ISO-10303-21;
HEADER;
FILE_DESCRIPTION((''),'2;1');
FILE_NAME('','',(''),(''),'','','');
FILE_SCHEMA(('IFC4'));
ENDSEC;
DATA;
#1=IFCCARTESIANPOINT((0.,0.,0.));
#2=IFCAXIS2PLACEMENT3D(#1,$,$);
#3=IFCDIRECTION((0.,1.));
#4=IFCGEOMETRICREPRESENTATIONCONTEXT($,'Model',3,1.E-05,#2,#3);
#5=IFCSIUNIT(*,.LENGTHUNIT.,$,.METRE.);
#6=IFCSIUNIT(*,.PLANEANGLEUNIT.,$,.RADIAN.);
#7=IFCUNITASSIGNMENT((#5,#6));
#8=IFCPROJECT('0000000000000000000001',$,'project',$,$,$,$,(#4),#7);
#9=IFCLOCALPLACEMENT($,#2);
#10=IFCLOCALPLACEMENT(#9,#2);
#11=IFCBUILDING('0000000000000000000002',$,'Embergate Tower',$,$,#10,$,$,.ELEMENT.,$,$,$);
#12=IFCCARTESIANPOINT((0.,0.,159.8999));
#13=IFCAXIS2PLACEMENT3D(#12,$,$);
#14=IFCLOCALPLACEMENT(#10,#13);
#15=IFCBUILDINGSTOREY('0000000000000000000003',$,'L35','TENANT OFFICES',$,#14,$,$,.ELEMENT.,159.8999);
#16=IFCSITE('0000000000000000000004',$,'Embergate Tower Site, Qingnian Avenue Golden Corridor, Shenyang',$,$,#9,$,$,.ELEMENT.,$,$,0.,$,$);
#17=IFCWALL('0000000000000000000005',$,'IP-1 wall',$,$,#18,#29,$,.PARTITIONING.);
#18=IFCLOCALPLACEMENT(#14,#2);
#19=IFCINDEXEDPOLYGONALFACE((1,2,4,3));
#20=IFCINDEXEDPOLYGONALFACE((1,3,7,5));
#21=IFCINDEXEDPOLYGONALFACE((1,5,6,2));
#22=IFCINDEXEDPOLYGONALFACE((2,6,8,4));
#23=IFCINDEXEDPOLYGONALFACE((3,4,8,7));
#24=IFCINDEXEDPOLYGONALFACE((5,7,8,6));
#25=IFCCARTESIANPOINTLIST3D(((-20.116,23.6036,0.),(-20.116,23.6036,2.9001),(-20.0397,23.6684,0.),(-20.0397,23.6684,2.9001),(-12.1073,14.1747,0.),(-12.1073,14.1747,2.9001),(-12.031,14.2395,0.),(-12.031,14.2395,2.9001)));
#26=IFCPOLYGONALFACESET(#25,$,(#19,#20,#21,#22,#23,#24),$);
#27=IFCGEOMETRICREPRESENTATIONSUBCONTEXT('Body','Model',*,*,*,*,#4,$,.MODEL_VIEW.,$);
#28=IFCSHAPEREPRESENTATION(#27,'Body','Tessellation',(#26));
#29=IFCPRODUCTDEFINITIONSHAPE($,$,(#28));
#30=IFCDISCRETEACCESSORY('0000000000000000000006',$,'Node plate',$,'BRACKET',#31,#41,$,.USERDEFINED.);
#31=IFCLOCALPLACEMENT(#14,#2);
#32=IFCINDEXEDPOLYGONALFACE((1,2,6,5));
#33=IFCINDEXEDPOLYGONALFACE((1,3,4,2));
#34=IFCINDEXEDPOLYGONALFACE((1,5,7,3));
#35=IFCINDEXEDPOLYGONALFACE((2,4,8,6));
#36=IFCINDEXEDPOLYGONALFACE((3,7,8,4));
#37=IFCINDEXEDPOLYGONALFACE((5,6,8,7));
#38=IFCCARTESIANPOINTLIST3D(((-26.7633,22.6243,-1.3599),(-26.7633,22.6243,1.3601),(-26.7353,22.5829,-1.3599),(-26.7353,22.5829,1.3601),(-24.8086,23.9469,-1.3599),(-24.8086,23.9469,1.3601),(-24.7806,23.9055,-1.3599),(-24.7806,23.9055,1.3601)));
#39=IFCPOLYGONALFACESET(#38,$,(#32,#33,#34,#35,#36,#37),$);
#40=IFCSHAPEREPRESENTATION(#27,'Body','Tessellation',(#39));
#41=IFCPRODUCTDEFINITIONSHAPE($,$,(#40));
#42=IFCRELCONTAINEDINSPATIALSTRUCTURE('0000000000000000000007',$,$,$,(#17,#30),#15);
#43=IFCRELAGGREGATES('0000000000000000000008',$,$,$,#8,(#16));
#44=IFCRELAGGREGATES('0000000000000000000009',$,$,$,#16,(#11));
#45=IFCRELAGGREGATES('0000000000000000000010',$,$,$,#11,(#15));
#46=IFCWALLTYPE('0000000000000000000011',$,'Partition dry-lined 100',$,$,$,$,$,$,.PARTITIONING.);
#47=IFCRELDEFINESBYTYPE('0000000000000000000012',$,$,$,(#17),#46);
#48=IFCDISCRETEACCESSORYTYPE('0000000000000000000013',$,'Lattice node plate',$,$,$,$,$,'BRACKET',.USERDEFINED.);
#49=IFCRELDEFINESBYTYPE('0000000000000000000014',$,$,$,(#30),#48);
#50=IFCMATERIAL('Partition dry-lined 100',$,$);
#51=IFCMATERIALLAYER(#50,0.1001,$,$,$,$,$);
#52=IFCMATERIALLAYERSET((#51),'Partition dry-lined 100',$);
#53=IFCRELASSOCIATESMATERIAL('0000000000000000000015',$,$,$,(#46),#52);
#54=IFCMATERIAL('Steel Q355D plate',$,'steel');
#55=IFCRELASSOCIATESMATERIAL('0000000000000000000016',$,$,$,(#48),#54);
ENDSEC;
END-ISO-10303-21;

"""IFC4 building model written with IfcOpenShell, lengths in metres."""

from ifc_helpers import new_model, si_unit, direction, frame, frame_2d, origin, origin_2d, place, context, subcontext, project, spatial, rectangle, extrude, source, transform, mapped, material, layer, layer_set, type_object, element, save


model = new_model("IFC4")

# Units and contexts
model_context = context("Model", 3, precision=1e-05, world=origin(), true_north=direction((0.0, 1.0)))
body_context = subcontext(model_context, "Body", "Model", "MODEL_VIEW")
ifc_project = project(units=[si_unit("LENGTHUNIT", "METRE"), si_unit("PLANEANGLEUNIT", "RADIAN")], contexts=[model_context])

# Site, building, storey
site_placement = place(None, origin())
site = spatial("IfcSite", under=ifc_project, at=site_placement, Name="Embergate Tower Site, Qingnian Avenue Golden Corridor, Shenyang", CompositionType="ELEMENT", RefElevation=0.0)
building_placement = place(site_placement, origin())
building = spatial("IfcBuilding", under=site, at=building_placement, Name="Embergate Tower", CompositionType="ELEMENT")
storey_placement = place(building_placement, frame((0.0, 0.0, 159.8999)))
storey = spatial("IfcBuildingStorey", under=building, at=storey_placement, Name="L35", Description="TENANT OFFICES", CompositionType="ELEMENT", Elevation=159.8999)

# Wall
ifc_material_1 = material(Name="Partition dry-lined 100")
ifc_layer_1 = layer(ifc_material_1, 0.1001)
ifc_layer_set_1 = layer_set([ifc_layer_1], Name="Partition dry-lined 100")
wall_type = type_object("IfcWallType", Name="Partition dry-lined 100", PredefinedType="PARTITIONING", material=ifc_layer_set_1)
shared_shape_1 = source(origin(), body_context, "Body", "SweptSolid", [
    extrude(rectangle(XDim=12.3711, YDim=0.1001, at=frame_2d((6.1855, 0.0))), origin(), (0.0, 0.0, 1.0), 2.9001),
])
wall_1_placement = place(storey_placement, frame((-20.0779, 23.636, 0.0), z_axis=(0.0, 0.0, 1.0), x_axis=(0.647375, -0.762172, 0.0)))
element("IfcWall", 1, at=wall_1_placement, inside=storey, type_object=wall_type, Name="IP-1 wall", PredefinedType="PARTITIONING", context=body_context, shape_type="MappedRepresentation", body=[
    mapped(shared_shape_1, transform((0.0, 0.0, 0.0))),
])

# Discrete accessory
ifc_material_2 = material(Name="Steel Q355D plate", Category="steel")
discrete_accessory_type = type_object("IfcDiscreteAccessoryType", Name="Lattice node plate", ElementType="BRACKET", PredefinedType="USERDEFINED", material=ifc_material_2)
shared_shape_2 = source(origin(), body_context, "Body", "SweptSolid", [
    extrude(rectangle(XDim=2.3601, YDim=0.05, at=origin_2d()), origin(), (0.0, 0.0, 1.0), 2.72),
])
discrete_accessory_placement = place(storey_placement, frame((-25.772, 23.2649, -1.3599), z_axis=(0.0, 0.0, 1.0), x_axis=(-0.828227, -0.560393, 0.0)))
element("IfcDiscreteAccessory", 2, at=discrete_accessory_placement, inside=storey, type_object=discrete_accessory_type, Name="Node plate", ObjectType="BRACKET", PredefinedType="USERDEFINED", context=body_context, shape_type="MappedRepresentation", body=[
    mapped(shared_shape_2, transform((0.0, 0.0, 0.0))),
])

save(model, "model.ifc")
